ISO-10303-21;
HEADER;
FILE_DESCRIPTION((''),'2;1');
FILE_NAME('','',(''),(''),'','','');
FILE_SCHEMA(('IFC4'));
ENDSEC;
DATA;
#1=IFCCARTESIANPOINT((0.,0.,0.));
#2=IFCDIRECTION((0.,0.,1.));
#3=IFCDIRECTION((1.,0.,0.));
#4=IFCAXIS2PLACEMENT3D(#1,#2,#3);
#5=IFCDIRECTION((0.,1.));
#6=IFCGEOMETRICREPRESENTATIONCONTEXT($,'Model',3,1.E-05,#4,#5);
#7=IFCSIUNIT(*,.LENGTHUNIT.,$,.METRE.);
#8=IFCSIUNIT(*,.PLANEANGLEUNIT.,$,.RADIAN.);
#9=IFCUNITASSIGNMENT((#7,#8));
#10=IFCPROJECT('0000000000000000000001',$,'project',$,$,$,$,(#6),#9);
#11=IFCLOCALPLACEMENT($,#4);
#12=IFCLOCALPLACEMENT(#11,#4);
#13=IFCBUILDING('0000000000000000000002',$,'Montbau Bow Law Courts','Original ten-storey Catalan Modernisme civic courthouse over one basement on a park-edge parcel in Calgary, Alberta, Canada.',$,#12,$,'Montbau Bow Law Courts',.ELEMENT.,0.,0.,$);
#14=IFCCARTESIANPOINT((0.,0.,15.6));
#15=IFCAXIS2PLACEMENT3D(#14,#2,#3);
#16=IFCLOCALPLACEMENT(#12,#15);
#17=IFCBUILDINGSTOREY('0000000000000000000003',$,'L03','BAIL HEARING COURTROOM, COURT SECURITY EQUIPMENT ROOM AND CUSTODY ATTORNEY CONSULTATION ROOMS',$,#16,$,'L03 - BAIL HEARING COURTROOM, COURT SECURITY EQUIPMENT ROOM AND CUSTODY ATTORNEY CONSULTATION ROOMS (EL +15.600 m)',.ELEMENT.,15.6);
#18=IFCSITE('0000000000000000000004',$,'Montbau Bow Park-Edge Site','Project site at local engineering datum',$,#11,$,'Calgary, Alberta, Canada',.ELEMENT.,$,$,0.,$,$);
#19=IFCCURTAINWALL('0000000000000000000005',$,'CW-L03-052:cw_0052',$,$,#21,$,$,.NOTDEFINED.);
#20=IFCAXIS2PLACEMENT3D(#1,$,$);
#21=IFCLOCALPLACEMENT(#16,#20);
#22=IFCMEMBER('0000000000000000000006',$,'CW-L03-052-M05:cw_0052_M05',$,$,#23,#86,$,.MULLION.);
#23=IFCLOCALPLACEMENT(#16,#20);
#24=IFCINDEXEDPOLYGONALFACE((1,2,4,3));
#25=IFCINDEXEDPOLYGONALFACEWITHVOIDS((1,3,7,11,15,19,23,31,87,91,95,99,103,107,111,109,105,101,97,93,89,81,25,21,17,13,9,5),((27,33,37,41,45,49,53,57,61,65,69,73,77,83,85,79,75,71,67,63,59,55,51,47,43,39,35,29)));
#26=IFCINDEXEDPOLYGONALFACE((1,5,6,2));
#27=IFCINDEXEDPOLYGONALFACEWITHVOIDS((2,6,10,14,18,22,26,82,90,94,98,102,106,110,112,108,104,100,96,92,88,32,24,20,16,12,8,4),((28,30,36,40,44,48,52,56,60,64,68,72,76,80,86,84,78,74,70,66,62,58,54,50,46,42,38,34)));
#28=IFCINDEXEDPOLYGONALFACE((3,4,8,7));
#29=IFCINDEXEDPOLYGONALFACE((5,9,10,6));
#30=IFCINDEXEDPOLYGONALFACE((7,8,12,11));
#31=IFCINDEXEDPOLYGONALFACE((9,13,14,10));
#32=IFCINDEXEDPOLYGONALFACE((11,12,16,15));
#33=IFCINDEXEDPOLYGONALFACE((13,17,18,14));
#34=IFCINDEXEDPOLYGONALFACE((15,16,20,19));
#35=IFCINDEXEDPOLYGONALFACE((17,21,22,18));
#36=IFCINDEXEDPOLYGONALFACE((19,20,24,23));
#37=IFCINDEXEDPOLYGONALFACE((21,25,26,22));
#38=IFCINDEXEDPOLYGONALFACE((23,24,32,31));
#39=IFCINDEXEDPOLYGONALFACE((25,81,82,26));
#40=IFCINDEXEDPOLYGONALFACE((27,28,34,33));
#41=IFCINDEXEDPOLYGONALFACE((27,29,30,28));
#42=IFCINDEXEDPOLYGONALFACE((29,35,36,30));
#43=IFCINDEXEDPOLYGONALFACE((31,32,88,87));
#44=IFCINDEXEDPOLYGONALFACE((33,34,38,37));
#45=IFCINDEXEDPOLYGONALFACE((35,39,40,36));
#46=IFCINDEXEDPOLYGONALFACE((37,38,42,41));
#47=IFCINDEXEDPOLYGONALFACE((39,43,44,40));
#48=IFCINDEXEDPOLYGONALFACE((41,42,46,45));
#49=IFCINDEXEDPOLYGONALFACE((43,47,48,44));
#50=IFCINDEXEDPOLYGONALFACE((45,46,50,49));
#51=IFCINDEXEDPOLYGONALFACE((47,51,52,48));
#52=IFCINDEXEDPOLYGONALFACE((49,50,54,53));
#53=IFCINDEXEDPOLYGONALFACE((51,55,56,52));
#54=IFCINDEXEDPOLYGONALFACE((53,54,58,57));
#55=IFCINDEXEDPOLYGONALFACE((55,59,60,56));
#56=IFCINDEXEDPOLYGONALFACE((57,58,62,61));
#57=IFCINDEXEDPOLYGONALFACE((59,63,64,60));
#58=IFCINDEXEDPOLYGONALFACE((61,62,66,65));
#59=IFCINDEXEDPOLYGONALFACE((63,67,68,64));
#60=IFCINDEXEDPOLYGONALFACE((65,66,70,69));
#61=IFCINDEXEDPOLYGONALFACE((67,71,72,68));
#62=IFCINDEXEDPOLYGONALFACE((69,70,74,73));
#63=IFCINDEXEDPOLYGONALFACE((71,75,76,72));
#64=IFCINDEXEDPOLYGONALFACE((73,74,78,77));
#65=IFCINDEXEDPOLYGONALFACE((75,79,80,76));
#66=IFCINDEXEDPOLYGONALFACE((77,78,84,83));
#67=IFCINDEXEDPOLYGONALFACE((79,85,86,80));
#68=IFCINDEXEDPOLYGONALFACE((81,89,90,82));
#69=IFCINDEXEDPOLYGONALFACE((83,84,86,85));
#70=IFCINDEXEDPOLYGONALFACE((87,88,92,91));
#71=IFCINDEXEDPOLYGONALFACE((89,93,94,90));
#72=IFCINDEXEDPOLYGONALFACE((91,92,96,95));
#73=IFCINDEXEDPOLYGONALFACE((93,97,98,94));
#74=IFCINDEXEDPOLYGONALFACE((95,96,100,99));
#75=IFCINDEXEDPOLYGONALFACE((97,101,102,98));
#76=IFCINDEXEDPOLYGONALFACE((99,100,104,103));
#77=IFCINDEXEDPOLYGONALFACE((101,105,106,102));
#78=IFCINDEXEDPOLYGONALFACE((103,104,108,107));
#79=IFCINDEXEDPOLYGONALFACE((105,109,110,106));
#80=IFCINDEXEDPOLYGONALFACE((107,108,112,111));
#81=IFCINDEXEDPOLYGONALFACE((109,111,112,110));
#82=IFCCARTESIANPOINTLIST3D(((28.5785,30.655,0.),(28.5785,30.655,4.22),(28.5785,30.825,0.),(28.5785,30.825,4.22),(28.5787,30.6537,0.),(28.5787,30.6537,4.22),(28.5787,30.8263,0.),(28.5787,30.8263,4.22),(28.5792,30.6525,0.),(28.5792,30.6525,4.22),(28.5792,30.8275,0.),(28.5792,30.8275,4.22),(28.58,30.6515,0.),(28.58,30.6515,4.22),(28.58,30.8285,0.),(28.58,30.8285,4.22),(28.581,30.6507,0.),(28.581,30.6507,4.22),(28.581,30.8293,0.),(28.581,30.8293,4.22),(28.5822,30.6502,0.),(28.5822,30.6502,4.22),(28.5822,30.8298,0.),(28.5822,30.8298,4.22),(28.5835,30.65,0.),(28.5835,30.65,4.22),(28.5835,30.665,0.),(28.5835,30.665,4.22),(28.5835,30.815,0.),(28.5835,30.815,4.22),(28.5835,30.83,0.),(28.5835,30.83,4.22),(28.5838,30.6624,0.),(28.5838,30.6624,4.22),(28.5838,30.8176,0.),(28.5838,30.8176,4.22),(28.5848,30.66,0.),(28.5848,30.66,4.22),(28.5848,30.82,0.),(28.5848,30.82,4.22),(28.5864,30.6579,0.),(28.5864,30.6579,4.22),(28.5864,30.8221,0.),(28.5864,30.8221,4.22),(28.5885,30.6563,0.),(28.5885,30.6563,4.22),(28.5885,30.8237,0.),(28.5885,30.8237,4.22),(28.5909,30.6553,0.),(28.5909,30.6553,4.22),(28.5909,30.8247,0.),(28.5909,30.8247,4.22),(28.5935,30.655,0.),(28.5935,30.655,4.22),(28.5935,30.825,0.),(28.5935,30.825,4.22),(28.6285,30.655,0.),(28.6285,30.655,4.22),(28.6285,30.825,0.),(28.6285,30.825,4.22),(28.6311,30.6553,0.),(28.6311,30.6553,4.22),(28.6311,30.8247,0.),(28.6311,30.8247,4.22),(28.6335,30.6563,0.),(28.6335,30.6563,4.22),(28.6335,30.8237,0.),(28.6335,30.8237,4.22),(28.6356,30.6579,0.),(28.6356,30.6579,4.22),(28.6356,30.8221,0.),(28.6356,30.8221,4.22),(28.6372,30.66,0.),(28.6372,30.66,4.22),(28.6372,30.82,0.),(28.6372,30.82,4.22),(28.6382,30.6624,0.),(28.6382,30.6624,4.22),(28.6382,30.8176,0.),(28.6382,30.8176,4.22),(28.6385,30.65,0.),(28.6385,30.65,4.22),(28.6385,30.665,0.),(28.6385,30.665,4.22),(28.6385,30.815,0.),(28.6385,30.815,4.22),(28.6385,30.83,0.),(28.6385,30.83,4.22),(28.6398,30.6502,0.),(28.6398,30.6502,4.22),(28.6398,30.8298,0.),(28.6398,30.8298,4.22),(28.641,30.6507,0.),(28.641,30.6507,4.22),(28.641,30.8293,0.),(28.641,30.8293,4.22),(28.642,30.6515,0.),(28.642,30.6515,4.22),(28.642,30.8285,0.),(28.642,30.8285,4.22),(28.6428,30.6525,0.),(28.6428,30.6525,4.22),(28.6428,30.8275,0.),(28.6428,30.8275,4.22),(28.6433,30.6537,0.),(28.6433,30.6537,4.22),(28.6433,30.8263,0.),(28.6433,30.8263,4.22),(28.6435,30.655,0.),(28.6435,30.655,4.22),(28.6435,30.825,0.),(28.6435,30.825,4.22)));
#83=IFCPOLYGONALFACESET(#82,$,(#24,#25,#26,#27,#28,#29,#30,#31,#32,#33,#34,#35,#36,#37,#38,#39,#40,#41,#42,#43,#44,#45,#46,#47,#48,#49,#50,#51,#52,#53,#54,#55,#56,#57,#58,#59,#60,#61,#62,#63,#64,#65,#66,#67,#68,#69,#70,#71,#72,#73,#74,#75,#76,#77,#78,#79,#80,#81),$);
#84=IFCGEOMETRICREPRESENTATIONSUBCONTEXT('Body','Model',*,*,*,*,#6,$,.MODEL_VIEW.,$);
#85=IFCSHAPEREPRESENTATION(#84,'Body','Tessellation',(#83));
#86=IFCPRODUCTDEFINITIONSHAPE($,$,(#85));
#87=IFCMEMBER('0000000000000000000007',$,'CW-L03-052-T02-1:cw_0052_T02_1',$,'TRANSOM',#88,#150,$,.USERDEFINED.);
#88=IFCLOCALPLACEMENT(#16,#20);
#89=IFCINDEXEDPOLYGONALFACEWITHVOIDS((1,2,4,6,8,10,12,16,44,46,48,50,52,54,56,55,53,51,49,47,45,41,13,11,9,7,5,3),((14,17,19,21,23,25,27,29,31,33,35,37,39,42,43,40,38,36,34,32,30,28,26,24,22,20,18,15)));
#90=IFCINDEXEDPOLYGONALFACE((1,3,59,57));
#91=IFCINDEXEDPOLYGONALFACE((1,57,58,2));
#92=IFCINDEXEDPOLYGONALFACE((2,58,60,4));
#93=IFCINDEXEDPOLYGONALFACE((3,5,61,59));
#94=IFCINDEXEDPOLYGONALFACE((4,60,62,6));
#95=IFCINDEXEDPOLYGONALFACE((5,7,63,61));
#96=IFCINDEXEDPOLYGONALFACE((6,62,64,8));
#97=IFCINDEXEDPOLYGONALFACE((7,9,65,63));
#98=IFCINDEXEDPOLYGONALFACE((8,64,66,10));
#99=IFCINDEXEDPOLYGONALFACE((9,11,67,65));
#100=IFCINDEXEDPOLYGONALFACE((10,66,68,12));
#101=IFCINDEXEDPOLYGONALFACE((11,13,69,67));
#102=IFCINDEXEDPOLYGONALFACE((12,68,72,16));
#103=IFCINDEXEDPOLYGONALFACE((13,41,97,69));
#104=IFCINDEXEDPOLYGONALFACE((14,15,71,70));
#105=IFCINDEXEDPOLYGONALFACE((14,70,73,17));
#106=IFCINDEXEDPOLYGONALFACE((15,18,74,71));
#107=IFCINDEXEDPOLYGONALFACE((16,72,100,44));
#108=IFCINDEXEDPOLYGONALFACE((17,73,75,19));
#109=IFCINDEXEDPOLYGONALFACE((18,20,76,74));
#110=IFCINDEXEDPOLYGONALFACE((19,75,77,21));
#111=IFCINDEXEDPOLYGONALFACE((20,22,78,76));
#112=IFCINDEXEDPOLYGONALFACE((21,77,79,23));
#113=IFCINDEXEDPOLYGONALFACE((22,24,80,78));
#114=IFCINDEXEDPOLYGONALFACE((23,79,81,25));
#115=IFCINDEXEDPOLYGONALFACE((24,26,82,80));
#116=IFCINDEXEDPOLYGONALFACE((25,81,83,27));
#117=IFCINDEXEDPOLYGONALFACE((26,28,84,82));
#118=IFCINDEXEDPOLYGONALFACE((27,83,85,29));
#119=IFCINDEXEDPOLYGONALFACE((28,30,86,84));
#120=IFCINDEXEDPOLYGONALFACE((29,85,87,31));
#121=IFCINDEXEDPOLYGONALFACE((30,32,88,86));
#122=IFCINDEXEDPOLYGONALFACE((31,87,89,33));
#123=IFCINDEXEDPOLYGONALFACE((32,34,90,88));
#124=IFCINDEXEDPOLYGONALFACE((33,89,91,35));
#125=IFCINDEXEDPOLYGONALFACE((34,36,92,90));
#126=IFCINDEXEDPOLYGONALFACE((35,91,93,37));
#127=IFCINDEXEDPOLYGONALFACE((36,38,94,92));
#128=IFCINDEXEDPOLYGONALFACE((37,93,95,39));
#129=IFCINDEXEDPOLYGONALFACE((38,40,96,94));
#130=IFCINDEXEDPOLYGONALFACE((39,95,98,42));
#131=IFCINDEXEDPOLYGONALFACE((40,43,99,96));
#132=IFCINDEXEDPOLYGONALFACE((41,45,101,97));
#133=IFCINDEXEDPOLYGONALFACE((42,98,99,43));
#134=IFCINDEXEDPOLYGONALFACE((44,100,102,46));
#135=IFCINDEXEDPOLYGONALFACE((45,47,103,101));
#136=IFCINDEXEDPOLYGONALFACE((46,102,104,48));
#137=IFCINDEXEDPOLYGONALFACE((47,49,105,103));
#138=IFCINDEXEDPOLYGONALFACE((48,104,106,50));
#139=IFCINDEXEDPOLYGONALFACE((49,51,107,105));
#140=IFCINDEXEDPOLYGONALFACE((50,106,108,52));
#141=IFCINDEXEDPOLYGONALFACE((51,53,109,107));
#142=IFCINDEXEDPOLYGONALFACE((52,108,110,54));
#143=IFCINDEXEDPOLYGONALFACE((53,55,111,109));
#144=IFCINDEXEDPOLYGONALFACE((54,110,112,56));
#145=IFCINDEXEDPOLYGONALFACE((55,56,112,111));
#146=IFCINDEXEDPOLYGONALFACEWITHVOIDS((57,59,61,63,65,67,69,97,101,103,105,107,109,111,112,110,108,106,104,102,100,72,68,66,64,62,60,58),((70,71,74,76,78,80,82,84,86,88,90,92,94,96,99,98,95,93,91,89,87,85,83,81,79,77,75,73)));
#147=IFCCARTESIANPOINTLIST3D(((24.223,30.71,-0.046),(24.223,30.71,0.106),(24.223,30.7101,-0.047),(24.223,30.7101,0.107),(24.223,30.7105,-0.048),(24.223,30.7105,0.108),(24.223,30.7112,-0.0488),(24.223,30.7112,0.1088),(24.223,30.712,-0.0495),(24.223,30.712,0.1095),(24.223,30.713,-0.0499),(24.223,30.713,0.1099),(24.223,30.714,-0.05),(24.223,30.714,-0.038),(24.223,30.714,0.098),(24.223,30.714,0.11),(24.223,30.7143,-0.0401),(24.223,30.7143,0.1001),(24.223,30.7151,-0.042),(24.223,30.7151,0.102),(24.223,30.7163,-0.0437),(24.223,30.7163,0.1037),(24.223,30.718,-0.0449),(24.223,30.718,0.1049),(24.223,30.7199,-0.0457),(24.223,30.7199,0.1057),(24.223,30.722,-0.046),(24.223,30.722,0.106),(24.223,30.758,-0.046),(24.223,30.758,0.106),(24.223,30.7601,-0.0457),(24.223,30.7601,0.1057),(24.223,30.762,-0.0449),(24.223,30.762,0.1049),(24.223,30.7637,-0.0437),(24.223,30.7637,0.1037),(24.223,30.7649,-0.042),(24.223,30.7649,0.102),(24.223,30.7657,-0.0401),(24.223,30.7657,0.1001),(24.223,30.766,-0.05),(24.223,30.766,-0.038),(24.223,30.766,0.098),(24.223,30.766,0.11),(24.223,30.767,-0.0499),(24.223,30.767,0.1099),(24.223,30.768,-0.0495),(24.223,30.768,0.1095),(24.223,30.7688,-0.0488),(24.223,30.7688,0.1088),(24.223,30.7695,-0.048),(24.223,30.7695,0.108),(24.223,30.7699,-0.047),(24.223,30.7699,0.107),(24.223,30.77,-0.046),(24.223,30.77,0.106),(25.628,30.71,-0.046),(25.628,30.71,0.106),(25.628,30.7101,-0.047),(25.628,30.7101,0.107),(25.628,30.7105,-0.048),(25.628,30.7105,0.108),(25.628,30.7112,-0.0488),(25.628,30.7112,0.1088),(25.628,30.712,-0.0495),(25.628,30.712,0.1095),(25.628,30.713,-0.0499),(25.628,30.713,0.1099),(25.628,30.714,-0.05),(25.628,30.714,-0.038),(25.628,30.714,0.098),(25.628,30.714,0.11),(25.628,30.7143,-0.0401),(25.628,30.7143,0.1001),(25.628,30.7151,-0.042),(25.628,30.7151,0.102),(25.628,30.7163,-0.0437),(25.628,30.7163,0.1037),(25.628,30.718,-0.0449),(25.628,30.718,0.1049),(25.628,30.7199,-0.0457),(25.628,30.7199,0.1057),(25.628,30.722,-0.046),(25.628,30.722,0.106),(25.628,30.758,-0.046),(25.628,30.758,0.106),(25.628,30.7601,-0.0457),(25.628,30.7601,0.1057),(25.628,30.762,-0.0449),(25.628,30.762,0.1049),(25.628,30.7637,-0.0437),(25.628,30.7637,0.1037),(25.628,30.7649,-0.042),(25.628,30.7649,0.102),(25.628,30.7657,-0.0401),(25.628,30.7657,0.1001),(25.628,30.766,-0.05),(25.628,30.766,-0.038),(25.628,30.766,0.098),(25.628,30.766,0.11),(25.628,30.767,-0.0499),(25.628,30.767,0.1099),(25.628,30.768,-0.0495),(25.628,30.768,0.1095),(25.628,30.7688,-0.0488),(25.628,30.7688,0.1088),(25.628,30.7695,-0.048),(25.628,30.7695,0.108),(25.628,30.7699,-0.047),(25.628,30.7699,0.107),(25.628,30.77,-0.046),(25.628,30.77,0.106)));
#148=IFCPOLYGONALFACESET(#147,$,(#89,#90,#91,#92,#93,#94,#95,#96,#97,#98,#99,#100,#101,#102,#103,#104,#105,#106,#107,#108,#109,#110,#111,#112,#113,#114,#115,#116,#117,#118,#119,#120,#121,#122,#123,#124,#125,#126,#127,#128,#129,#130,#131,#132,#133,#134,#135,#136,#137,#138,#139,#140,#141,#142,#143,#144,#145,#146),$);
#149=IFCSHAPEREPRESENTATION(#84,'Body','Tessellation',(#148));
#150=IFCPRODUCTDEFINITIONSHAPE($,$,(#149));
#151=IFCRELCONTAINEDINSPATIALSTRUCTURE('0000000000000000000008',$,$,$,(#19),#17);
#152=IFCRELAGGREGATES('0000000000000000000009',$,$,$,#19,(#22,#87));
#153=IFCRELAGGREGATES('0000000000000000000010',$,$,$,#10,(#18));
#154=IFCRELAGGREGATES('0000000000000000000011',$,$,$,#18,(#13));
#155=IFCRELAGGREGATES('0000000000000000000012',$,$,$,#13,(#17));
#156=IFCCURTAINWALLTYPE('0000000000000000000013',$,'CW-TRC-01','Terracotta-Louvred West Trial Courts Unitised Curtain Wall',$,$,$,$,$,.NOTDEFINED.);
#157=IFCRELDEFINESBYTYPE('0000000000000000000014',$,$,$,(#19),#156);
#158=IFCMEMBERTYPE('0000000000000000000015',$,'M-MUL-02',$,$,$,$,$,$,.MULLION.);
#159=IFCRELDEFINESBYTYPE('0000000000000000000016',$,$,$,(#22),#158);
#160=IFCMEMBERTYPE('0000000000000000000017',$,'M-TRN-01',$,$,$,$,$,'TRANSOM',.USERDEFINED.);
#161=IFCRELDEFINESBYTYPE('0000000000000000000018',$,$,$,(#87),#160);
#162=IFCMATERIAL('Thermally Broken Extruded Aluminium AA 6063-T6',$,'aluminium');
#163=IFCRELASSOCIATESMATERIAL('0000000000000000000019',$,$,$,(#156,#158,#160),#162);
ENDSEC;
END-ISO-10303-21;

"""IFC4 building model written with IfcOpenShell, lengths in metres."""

from ifc_helpers import new_model, si_unit, direction, frame, origin_with_axes, origin_2d_with_axis, place, context, subcontext, project, spatial, hollow_rectangle, extrude, material, material_profile, profile_set, type_object, element, aggregate, save


model = new_model("IFC4")

# Units and contexts
model_context = context("Model", 3, precision=1e-05, world=origin_with_axes(), true_north=direction((0.0, 1.0)))
body_context = subcontext(model_context, "Body", "Model", "MODEL_VIEW")
ifc_project = project(units=[si_unit("LENGTHUNIT", "METRE"), si_unit("PLANEANGLEUNIT", "RADIAN")], contexts=[model_context])

# Site, building, storey
site_placement = place(None, origin_with_axes())
site = spatial("IfcSite", under=ifc_project, at=site_placement, Name="Montbau Bow Park-Edge Site", Description="Project site at local engineering datum", LongName="Calgary, Alberta, Canada", CompositionType="ELEMENT", RefElevation=0.0)
building_placement = place(site_placement, origin_with_axes())
building = spatial("IfcBuilding", under=site, at=building_placement, Name="Montbau Bow Law Courts", Description="Original ten-storey Catalan Modernisme civic courthouse over one basement on a park-edge parcel in Calgary, Alberta, Canada.", LongName="Montbau Bow Law Courts", CompositionType="ELEMENT", ElevationOfRefHeight=0.0, ElevationOfTerrain=0.0)
storey_placement = place(building_placement, frame((0.0, 0.0, 15.6), z_axis=(0.0, 0.0, 1.0), x_axis=(1.0, 0.0, 0.0)))
storey = spatial("IfcBuildingStorey", under=building, at=storey_placement, Name="L03", Description="BAIL HEARING COURTROOM, COURT SECURITY EQUIPMENT ROOM AND CUSTODY ATTORNEY CONSULTATION ROOMS", LongName="L03 - BAIL HEARING COURTROOM, COURT SECURITY EQUIPMENT ROOM AND CUSTODY ATTORNEY CONSULTATION ROOMS (EL +15.600 m)", CompositionType="ELEMENT", Elevation=15.6)

# Curtain wall, members
ifc_material_1 = material(Name="Thermally Broken Extruded Aluminium AA 6063-T6", Category="aluminium")
curtain_wall_type = type_object("IfcCurtainWallType", Name="CW-TRC-01", Description="Terracotta-Louvred West Trial Courts Unitised Curtain Wall", PredefinedType="NOTDEFINED", material=ifc_material_1)
curtain_wall_placement = place(None, frame((22.715, 30.74, 15.6), z_axis=(0.0, 0.0, 1.0), x_axis=(1.0, 0.0, 0.0)))
curtain_wall = element("IfcCurtainWall", 1, at=curtain_wall_placement, inside=storey, type_object=curtain_wall_type, Name="CW-L03-052:cw_0052", PredefinedType="NOTDEFINED")
ifc_material_profile_1 = material_profile(ifc_material_1, hollow_rectangle(XDim=0.065, YDim=0.18, WallThickness=0.005, InnerFilletRadius=0.01, OuterFilletRadius=0.005, at=origin_2d_with_axis()), Name="CWM-180X65", Category="Main", Priority=0)
ifc_profile_set_1 = profile_set([ifc_material_profile_1], Name="Thermally Broken Extruded Aluminium AA 6063-T6")
member_type_1 = type_object("IfcMemberType", Name="M-MUL-02", PredefinedType="MULLION", material=ifc_profile_set_1)
member_1_placement = place(None, frame((28.611, 30.74, 15.6), z_axis=(0.0, 0.0, 1.0), x_axis=(1.0, 0.0, 0.0)))
member_1 = element("IfcMember", 2, at=member_1_placement, type_object=member_type_1, Name="CW-L03-052-M05:cw_0052_M05", PredefinedType="MULLION", context=body_context, shape_type="SweptSolid", body=[
    extrude(hollow_rectangle(XDim=0.065, YDim=0.18, WallThickness=0.005, InnerFilletRadius=0.01, OuterFilletRadius=0.005, at=origin_2d_with_axis()), origin_with_axes(), (0.0, 0.0, 1.0), 4.22),
])
ifc_material_profile_2 = material_profile(ifc_material_1, hollow_rectangle(XDim=0.06, YDim=0.16, WallThickness=0.004, InnerFilletRadius=0.008, OuterFilletRadius=0.004, at=origin_2d_with_axis()), Name="CWT-160X60", Category="Main", Priority=0)
ifc_profile_set_2 = profile_set([ifc_material_profile_2], Name="Thermally Broken Extruded Aluminium AA 6063-T6")
member_type_2 = type_object("IfcMemberType", Name="M-TRN-01", ElementType="TRANSOM", PredefinedType="USERDEFINED", material=ifc_profile_set_2)
member_2_placement = place(None, frame((24.223, 30.74, 15.63), z_axis=(1.0, 0.0, 0.0), x_axis=(0.0, 1.0, 0.0)))
member_2 = element("IfcMember", 3, at=member_2_placement, type_object=member_type_2, Name="CW-L03-052-T02-1:cw_0052_T02_1", ObjectType="TRANSOM", PredefinedType="USERDEFINED", context=body_context, shape_type="SweptSolid", body=[
    extrude(hollow_rectangle(XDim=0.06, YDim=0.16, WallThickness=0.004, InnerFilletRadius=0.008, OuterFilletRadius=0.004, at=origin_2d_with_axis()), origin_with_axes(), (0.0, 0.0, 1.0), 1.405),
])
aggregate(curtain_wall, [member_1, member_2])

save(model, "model.ifc")
